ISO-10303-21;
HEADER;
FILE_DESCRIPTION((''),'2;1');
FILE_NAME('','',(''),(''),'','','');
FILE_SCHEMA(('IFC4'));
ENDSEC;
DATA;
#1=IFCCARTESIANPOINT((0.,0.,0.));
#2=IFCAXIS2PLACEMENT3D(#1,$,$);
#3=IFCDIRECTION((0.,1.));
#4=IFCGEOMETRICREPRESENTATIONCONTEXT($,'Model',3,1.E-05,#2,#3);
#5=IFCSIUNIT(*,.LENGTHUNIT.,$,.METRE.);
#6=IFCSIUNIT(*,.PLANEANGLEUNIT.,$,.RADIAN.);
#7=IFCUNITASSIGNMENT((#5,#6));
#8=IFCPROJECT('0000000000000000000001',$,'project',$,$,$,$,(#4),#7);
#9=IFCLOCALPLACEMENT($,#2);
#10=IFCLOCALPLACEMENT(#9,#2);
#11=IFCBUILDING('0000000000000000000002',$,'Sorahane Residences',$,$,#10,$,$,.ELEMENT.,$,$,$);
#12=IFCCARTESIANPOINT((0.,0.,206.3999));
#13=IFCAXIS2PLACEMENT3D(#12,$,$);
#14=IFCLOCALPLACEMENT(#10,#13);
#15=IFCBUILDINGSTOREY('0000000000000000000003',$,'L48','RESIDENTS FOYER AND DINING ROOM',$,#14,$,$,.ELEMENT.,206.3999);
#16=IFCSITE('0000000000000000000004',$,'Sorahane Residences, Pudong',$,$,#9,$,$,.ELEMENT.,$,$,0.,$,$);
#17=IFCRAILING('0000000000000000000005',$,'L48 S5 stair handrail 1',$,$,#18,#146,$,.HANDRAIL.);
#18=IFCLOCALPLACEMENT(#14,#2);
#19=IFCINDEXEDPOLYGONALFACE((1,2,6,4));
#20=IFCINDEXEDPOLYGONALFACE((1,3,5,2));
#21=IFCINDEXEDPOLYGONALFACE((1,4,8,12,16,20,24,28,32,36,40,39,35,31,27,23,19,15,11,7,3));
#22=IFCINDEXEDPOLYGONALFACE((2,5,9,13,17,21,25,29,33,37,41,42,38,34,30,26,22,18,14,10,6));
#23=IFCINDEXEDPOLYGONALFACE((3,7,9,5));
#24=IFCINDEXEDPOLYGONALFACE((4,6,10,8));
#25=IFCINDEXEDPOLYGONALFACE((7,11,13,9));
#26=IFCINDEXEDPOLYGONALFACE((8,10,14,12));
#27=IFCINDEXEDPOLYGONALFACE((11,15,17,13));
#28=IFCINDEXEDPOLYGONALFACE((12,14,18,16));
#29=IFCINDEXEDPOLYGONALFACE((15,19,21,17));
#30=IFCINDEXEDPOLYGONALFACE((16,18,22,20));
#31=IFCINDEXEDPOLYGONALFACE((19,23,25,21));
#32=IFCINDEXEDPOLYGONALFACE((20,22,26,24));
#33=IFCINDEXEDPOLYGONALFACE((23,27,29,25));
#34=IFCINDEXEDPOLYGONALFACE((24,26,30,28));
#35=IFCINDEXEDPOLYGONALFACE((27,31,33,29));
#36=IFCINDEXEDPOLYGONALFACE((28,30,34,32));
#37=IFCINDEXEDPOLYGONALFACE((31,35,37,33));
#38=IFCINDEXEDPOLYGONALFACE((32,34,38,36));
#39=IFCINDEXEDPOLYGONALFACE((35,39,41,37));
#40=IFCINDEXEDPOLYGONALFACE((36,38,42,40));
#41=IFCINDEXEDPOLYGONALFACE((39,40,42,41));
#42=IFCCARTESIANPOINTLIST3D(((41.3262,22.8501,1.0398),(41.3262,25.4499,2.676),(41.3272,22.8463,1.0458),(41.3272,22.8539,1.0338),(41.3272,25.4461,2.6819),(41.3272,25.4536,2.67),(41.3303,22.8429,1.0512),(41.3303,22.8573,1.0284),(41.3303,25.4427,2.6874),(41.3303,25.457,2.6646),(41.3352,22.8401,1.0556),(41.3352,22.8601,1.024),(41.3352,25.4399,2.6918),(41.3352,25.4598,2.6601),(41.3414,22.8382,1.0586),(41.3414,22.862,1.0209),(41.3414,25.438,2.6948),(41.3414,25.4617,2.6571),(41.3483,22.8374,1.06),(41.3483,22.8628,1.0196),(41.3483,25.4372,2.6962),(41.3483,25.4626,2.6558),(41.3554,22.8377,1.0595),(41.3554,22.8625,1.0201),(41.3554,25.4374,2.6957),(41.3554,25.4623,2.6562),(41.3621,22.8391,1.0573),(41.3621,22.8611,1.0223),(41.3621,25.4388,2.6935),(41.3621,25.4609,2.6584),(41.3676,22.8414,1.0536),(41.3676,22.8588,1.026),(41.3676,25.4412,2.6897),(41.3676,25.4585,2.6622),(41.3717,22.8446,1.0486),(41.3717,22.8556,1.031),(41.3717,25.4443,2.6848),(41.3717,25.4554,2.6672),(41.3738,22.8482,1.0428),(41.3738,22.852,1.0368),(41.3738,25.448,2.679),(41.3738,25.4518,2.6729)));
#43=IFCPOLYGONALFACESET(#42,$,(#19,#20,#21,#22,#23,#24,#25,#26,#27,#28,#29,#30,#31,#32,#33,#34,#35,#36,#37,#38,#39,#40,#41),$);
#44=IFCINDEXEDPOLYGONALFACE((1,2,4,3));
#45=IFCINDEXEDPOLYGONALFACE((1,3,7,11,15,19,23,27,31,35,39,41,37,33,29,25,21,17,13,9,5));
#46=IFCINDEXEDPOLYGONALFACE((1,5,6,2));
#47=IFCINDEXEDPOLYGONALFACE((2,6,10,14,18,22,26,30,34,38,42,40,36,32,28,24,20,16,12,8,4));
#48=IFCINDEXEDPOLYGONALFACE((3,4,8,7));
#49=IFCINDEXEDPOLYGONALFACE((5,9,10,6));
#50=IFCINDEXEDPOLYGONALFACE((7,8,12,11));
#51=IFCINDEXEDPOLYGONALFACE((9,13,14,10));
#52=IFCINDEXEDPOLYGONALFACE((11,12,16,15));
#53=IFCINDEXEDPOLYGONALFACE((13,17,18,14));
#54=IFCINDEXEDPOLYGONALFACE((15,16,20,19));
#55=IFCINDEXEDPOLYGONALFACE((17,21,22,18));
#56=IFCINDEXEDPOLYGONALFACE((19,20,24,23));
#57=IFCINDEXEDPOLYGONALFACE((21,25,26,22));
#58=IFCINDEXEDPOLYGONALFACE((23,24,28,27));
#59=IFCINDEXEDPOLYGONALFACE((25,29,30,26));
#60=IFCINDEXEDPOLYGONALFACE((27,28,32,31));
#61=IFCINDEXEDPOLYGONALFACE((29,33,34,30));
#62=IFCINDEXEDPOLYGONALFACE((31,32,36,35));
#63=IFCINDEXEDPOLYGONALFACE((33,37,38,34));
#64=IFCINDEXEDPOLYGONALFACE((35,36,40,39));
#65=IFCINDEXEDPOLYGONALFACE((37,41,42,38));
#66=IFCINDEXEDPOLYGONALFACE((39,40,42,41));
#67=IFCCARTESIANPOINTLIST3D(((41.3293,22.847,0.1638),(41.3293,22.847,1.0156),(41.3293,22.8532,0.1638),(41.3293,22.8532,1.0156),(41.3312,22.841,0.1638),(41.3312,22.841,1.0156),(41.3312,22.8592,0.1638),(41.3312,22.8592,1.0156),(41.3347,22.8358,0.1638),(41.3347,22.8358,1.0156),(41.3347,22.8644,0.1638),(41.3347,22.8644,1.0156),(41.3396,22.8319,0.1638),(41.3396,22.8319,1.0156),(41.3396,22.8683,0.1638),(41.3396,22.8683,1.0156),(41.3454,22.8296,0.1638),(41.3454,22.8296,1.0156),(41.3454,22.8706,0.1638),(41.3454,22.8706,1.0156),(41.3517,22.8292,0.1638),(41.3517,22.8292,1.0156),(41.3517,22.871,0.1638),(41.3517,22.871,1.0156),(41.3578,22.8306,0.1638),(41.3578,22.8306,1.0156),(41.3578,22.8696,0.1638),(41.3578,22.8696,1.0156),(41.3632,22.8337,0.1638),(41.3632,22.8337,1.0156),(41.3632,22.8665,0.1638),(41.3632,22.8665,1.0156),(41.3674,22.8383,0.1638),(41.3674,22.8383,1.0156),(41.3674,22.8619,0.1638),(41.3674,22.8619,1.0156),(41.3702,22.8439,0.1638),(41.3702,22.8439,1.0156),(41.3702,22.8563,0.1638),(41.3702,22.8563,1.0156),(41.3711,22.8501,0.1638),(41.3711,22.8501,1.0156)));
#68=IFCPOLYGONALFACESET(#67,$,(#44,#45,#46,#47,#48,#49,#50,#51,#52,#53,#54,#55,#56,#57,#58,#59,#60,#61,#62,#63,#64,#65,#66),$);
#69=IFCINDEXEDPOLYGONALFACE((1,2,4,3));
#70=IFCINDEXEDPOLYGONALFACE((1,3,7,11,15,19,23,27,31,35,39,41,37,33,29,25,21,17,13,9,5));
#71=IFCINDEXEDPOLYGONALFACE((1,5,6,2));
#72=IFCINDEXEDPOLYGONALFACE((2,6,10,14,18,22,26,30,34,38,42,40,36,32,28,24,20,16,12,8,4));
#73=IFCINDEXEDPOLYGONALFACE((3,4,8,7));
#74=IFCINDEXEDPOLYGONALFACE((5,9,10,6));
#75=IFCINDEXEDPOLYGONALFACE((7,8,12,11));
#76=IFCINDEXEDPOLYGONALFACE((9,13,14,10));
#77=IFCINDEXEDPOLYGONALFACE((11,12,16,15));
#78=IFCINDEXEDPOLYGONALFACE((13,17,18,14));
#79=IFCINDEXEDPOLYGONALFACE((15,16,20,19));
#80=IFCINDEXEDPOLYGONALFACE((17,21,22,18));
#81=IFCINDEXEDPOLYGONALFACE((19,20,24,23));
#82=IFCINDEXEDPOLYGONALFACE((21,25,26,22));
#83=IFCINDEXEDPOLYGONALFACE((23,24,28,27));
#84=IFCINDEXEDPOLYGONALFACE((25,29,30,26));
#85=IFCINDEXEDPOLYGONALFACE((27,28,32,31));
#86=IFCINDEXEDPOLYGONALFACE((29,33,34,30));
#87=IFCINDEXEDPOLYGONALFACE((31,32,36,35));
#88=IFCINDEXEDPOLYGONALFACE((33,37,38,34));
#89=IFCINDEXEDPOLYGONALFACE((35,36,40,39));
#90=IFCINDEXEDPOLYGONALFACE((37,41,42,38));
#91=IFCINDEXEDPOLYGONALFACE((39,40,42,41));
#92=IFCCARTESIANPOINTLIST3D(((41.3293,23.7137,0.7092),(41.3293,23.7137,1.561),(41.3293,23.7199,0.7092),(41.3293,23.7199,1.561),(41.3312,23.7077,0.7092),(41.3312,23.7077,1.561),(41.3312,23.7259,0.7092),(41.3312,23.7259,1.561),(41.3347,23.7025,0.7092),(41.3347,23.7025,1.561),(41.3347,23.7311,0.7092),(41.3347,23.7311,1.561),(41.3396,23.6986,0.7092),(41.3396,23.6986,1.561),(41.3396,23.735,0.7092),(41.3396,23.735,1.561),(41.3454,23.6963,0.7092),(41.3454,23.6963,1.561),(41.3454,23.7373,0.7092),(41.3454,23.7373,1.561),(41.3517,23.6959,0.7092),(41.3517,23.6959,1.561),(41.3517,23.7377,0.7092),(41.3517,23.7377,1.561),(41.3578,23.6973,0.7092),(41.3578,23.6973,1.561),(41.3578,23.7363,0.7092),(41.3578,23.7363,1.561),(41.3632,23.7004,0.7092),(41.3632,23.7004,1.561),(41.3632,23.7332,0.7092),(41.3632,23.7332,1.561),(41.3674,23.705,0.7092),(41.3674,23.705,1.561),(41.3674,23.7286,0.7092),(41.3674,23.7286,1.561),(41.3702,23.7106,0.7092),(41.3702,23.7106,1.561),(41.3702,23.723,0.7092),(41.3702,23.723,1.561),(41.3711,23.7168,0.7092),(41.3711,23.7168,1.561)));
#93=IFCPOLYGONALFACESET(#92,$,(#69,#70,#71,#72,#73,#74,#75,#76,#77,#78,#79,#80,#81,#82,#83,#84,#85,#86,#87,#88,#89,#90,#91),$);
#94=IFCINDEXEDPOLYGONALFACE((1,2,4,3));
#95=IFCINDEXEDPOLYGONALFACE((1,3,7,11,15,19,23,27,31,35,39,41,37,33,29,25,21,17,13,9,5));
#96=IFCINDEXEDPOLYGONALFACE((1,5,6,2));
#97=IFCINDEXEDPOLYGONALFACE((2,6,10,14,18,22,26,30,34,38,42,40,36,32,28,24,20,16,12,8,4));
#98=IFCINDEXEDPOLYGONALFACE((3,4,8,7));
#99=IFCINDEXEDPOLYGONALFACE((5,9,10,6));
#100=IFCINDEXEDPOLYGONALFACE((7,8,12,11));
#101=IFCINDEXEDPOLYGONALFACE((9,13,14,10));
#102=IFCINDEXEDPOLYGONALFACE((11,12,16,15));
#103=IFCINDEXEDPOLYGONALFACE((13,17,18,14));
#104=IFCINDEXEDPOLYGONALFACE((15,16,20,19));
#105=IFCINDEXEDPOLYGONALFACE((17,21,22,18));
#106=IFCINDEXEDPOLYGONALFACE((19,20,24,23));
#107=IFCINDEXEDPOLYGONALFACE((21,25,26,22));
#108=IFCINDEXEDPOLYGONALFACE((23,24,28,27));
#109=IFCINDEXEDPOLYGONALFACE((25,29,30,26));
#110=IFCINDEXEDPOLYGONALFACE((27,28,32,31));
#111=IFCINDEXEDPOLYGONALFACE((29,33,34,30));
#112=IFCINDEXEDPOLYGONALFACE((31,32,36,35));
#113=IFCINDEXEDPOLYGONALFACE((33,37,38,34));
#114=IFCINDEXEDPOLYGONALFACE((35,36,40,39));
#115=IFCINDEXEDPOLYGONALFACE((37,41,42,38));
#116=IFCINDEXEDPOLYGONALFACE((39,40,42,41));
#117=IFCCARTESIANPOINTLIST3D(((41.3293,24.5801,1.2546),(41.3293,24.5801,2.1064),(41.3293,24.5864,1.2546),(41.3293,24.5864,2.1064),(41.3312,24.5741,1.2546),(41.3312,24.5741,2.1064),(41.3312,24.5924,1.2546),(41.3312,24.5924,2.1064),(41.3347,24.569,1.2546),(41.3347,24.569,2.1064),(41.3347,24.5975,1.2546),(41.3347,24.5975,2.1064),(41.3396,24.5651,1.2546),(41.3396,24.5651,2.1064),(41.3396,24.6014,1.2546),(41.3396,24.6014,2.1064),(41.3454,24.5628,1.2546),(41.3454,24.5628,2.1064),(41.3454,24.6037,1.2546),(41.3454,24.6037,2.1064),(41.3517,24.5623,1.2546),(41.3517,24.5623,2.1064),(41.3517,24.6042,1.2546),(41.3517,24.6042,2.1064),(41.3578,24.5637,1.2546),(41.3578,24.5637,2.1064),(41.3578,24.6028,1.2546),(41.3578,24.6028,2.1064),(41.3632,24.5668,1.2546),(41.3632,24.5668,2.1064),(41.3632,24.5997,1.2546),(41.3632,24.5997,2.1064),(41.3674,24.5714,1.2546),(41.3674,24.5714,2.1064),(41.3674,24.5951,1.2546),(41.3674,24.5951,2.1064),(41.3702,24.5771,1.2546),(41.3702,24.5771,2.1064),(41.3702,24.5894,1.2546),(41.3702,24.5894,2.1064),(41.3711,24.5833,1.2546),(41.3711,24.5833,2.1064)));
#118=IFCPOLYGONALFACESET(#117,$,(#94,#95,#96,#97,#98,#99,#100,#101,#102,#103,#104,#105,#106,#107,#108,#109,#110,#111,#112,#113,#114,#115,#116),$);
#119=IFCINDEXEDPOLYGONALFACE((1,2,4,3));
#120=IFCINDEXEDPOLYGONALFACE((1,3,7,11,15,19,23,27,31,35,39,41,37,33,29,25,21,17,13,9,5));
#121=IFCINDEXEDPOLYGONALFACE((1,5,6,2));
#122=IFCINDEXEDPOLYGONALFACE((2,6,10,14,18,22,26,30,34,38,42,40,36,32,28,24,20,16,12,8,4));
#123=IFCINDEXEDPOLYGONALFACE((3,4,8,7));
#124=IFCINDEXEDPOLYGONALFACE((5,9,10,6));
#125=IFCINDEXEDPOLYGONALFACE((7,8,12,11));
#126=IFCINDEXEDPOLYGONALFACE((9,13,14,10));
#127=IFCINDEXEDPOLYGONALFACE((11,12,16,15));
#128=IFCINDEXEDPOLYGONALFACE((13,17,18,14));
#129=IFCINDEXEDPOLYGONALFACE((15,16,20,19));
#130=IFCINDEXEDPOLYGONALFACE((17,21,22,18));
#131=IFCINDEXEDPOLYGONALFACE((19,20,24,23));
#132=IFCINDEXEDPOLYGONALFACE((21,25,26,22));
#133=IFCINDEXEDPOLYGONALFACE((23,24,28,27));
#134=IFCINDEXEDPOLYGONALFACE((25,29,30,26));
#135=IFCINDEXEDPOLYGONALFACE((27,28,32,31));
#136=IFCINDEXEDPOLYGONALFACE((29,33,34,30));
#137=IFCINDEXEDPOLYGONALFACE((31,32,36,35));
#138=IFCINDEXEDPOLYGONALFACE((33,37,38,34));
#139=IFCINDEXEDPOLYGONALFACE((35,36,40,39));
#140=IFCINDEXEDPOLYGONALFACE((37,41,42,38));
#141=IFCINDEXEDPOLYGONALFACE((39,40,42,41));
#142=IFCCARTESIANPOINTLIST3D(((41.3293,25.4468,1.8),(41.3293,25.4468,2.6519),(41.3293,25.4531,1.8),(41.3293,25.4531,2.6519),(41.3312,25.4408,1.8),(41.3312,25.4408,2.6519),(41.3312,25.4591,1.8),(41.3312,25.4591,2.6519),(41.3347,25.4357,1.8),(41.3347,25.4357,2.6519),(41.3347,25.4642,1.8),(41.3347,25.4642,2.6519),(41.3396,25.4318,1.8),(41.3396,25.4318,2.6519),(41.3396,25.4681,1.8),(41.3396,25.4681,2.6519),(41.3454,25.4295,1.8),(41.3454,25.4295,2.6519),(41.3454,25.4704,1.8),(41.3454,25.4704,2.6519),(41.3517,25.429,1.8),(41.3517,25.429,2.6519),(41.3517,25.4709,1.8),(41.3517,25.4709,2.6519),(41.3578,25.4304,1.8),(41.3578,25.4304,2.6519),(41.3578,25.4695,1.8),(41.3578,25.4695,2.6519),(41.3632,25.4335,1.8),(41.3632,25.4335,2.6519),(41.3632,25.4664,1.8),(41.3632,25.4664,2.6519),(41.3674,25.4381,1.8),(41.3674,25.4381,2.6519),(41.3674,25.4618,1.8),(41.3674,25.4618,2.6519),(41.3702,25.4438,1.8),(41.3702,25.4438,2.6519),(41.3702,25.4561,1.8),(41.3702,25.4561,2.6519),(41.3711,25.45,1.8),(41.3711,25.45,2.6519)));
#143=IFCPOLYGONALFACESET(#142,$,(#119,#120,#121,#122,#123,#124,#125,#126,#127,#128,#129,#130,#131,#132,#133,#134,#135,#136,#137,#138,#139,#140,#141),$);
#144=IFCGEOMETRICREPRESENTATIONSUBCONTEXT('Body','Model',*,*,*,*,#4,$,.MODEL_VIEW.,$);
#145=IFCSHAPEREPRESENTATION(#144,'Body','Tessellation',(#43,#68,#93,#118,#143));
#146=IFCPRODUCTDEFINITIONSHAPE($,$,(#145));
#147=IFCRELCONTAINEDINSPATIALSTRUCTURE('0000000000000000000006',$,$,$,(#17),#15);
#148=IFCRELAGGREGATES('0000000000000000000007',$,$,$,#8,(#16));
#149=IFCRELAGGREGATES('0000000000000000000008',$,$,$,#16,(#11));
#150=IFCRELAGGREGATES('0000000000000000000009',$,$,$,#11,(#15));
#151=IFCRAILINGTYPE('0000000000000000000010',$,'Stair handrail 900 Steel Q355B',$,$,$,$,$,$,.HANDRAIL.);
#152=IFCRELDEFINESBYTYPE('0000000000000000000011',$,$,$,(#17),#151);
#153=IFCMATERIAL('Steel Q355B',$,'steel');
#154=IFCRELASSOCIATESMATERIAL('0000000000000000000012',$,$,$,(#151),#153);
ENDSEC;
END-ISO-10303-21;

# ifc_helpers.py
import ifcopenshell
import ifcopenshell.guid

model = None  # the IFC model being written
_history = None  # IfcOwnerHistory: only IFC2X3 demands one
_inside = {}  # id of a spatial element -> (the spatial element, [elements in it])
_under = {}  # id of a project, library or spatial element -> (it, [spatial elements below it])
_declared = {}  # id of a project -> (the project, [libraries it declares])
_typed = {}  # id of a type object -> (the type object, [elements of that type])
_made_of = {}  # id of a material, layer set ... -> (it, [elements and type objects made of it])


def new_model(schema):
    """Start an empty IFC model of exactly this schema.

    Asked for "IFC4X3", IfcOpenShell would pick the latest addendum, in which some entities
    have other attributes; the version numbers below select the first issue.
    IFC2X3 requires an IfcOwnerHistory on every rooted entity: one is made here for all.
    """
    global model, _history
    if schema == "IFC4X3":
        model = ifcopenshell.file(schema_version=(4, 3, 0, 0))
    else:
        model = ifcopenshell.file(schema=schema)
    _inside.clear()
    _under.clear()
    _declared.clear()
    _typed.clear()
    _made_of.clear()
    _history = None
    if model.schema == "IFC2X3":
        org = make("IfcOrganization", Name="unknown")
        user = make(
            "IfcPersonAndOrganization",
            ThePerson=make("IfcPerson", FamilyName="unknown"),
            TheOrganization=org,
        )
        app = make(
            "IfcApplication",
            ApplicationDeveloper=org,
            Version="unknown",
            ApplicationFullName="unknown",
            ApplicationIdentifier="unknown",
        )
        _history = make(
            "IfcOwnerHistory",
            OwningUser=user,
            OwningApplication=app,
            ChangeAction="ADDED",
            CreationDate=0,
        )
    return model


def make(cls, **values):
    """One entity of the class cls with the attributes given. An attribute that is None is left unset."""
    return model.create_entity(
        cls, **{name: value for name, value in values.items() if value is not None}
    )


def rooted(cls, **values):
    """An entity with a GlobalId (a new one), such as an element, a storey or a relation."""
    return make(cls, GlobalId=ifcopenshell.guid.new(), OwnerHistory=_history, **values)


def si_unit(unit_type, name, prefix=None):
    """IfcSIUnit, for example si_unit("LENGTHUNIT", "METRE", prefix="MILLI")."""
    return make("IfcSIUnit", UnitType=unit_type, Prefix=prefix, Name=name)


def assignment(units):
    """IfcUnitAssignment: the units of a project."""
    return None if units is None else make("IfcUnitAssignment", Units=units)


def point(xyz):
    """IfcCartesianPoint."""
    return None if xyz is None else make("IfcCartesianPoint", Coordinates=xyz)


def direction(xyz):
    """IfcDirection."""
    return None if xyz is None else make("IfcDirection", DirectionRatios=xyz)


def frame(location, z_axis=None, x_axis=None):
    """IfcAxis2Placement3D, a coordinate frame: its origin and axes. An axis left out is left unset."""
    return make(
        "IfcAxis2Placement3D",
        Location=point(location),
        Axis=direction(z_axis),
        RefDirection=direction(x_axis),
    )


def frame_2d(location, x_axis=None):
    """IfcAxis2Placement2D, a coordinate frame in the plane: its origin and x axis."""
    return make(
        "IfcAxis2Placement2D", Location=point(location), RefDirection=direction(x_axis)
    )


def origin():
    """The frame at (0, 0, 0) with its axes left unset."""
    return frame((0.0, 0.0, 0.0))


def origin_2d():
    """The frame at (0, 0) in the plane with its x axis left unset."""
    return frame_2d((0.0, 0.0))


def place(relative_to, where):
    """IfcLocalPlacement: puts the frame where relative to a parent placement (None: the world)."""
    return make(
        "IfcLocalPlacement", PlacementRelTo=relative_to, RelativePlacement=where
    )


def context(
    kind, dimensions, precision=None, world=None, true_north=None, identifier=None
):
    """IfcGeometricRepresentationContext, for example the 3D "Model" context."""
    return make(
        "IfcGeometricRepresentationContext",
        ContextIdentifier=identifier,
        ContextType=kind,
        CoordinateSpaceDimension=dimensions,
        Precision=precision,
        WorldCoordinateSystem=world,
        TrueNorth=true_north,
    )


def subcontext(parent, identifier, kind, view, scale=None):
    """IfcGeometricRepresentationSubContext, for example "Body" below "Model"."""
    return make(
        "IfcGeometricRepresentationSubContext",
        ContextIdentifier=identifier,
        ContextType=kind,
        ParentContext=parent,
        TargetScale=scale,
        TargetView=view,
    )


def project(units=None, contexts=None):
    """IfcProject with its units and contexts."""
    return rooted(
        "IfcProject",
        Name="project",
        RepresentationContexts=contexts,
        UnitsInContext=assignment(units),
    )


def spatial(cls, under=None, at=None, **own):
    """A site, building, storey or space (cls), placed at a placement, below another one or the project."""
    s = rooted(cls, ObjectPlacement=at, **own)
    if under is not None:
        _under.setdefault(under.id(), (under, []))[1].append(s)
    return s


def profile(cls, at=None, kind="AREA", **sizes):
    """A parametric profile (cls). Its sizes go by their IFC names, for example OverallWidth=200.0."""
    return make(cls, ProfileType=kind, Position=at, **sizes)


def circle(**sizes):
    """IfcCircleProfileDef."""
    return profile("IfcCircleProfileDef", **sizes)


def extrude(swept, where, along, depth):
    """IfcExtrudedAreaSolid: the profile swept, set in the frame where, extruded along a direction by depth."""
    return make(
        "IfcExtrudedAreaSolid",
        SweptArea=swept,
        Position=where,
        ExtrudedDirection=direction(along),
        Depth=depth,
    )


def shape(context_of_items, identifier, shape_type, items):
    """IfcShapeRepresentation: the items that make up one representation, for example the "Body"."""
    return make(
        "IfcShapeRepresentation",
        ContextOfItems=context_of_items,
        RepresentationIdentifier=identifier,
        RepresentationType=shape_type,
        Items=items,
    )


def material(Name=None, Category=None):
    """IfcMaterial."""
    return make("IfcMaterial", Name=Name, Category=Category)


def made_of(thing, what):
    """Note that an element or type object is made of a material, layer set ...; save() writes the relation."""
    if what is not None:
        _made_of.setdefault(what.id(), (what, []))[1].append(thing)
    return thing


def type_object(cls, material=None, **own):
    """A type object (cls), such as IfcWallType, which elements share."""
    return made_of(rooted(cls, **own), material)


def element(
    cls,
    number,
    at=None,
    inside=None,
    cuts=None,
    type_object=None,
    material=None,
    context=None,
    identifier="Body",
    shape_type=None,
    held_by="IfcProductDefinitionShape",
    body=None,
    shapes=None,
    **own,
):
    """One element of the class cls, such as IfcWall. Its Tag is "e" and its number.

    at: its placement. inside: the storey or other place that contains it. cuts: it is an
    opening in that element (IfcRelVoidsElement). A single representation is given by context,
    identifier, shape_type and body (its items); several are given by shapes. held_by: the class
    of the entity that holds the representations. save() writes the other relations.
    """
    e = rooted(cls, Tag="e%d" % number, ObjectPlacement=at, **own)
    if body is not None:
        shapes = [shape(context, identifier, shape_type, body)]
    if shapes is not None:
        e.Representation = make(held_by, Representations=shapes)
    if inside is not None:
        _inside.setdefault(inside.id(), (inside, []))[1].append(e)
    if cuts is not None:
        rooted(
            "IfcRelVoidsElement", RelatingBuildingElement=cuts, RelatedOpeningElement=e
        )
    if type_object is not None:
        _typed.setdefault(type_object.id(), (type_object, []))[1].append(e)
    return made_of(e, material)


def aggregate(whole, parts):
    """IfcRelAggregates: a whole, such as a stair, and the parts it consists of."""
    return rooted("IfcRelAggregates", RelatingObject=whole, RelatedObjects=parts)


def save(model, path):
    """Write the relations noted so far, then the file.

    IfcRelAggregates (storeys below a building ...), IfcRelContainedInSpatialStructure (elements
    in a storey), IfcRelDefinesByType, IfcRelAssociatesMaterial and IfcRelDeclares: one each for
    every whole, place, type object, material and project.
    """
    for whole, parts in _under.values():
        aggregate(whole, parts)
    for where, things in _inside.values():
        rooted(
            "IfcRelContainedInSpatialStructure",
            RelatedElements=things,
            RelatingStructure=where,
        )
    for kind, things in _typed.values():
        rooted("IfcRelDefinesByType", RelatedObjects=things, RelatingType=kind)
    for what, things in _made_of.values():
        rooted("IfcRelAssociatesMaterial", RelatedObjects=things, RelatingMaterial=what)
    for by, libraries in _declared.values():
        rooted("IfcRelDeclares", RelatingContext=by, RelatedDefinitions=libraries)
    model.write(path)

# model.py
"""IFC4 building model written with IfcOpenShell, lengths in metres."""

from ifc_helpers import new_model, si_unit, direction, frame, origin, origin_2d, place, context, subcontext, project, spatial, circle, extrude, material, type_object, element, save


model = new_model("IFC4")

# Units and contexts
model_context = context("Model", 3, precision=1e-05, world=origin(), true_north=direction((0.0, 1.0)))
body_context = subcontext(model_context, "Body", "Model", "MODEL_VIEW")
ifc_project = project(units=[si_unit("LENGTHUNIT", "METRE"), si_unit("PLANEANGLEUNIT", "RADIAN")], contexts=[model_context])

# Site, building, storey
site_placement = place(None, origin())
site = spatial("IfcSite", under=ifc_project, at=site_placement, Name="Sorahane Residences, Pudong", CompositionType="ELEMENT", RefElevation=0.0)
building_placement = place(site_placement, origin())
building = spatial("IfcBuilding", under=site, at=building_placement, Name="Sorahane Residences", CompositionType="ELEMENT")
storey_placement = place(building_placement, frame((0.0, 0.0, 206.3999)))
storey = spatial("IfcBuildingStorey", under=building, at=storey_placement, Name="L48", Description="RESIDENTS FOYER AND DINING ROOM", CompositionType="ELEMENT", Elevation=206.3999)

# Railing
ifc_material_1 = material(Name="Steel Q355B", Category="steel")
railing_type_1 = type_object("IfcRailingType", Name="Stair handrail 900 Steel Q355B", PredefinedType="HANDRAIL", material=ifc_material_1)
railing_1_placement = place(storey_placement, frame((41.3501, 22.8501, 0.1638)))
element("IfcRailing", 1, at=railing_1_placement, inside=storey, type_object=railing_type_1, Name="L48 S5 stair handrail 1", PredefinedType="HANDRAIL", context=body_context, shape_type="SweptSolid", body=[
    extrude(circle(Radius=0.0239, at=origin_2d()), frame((0.0, 0.0, 0.876), z_axis=(0.0, 0.846338, 0.532647), x_axis=(-1.0, 0.0, 0.0)), (0.0, 0.0, 1.0), 3.0718),
    extrude(circle(Radius=0.021, at=origin_2d()), origin(), (0.0, 0.0, 1.0), 0.8518),
    extrude(circle(Radius=0.021, at=origin_2d()), frame((0.0, 0.8667, 0.5454)), (0.0, 0.0, 1.0), 0.8518),
    extrude(circle(Radius=0.021, at=origin_2d()), frame((0.0, 1.7332, 1.0908)), (0.0, 0.0, 1.0), 0.8518),
    extrude(circle(Radius=0.021, at=origin_2d()), frame((0.0, 2.5999, 1.6362)), (0.0, 0.0, 1.0), 0.8518),
])

save(model, "model.ifc")
